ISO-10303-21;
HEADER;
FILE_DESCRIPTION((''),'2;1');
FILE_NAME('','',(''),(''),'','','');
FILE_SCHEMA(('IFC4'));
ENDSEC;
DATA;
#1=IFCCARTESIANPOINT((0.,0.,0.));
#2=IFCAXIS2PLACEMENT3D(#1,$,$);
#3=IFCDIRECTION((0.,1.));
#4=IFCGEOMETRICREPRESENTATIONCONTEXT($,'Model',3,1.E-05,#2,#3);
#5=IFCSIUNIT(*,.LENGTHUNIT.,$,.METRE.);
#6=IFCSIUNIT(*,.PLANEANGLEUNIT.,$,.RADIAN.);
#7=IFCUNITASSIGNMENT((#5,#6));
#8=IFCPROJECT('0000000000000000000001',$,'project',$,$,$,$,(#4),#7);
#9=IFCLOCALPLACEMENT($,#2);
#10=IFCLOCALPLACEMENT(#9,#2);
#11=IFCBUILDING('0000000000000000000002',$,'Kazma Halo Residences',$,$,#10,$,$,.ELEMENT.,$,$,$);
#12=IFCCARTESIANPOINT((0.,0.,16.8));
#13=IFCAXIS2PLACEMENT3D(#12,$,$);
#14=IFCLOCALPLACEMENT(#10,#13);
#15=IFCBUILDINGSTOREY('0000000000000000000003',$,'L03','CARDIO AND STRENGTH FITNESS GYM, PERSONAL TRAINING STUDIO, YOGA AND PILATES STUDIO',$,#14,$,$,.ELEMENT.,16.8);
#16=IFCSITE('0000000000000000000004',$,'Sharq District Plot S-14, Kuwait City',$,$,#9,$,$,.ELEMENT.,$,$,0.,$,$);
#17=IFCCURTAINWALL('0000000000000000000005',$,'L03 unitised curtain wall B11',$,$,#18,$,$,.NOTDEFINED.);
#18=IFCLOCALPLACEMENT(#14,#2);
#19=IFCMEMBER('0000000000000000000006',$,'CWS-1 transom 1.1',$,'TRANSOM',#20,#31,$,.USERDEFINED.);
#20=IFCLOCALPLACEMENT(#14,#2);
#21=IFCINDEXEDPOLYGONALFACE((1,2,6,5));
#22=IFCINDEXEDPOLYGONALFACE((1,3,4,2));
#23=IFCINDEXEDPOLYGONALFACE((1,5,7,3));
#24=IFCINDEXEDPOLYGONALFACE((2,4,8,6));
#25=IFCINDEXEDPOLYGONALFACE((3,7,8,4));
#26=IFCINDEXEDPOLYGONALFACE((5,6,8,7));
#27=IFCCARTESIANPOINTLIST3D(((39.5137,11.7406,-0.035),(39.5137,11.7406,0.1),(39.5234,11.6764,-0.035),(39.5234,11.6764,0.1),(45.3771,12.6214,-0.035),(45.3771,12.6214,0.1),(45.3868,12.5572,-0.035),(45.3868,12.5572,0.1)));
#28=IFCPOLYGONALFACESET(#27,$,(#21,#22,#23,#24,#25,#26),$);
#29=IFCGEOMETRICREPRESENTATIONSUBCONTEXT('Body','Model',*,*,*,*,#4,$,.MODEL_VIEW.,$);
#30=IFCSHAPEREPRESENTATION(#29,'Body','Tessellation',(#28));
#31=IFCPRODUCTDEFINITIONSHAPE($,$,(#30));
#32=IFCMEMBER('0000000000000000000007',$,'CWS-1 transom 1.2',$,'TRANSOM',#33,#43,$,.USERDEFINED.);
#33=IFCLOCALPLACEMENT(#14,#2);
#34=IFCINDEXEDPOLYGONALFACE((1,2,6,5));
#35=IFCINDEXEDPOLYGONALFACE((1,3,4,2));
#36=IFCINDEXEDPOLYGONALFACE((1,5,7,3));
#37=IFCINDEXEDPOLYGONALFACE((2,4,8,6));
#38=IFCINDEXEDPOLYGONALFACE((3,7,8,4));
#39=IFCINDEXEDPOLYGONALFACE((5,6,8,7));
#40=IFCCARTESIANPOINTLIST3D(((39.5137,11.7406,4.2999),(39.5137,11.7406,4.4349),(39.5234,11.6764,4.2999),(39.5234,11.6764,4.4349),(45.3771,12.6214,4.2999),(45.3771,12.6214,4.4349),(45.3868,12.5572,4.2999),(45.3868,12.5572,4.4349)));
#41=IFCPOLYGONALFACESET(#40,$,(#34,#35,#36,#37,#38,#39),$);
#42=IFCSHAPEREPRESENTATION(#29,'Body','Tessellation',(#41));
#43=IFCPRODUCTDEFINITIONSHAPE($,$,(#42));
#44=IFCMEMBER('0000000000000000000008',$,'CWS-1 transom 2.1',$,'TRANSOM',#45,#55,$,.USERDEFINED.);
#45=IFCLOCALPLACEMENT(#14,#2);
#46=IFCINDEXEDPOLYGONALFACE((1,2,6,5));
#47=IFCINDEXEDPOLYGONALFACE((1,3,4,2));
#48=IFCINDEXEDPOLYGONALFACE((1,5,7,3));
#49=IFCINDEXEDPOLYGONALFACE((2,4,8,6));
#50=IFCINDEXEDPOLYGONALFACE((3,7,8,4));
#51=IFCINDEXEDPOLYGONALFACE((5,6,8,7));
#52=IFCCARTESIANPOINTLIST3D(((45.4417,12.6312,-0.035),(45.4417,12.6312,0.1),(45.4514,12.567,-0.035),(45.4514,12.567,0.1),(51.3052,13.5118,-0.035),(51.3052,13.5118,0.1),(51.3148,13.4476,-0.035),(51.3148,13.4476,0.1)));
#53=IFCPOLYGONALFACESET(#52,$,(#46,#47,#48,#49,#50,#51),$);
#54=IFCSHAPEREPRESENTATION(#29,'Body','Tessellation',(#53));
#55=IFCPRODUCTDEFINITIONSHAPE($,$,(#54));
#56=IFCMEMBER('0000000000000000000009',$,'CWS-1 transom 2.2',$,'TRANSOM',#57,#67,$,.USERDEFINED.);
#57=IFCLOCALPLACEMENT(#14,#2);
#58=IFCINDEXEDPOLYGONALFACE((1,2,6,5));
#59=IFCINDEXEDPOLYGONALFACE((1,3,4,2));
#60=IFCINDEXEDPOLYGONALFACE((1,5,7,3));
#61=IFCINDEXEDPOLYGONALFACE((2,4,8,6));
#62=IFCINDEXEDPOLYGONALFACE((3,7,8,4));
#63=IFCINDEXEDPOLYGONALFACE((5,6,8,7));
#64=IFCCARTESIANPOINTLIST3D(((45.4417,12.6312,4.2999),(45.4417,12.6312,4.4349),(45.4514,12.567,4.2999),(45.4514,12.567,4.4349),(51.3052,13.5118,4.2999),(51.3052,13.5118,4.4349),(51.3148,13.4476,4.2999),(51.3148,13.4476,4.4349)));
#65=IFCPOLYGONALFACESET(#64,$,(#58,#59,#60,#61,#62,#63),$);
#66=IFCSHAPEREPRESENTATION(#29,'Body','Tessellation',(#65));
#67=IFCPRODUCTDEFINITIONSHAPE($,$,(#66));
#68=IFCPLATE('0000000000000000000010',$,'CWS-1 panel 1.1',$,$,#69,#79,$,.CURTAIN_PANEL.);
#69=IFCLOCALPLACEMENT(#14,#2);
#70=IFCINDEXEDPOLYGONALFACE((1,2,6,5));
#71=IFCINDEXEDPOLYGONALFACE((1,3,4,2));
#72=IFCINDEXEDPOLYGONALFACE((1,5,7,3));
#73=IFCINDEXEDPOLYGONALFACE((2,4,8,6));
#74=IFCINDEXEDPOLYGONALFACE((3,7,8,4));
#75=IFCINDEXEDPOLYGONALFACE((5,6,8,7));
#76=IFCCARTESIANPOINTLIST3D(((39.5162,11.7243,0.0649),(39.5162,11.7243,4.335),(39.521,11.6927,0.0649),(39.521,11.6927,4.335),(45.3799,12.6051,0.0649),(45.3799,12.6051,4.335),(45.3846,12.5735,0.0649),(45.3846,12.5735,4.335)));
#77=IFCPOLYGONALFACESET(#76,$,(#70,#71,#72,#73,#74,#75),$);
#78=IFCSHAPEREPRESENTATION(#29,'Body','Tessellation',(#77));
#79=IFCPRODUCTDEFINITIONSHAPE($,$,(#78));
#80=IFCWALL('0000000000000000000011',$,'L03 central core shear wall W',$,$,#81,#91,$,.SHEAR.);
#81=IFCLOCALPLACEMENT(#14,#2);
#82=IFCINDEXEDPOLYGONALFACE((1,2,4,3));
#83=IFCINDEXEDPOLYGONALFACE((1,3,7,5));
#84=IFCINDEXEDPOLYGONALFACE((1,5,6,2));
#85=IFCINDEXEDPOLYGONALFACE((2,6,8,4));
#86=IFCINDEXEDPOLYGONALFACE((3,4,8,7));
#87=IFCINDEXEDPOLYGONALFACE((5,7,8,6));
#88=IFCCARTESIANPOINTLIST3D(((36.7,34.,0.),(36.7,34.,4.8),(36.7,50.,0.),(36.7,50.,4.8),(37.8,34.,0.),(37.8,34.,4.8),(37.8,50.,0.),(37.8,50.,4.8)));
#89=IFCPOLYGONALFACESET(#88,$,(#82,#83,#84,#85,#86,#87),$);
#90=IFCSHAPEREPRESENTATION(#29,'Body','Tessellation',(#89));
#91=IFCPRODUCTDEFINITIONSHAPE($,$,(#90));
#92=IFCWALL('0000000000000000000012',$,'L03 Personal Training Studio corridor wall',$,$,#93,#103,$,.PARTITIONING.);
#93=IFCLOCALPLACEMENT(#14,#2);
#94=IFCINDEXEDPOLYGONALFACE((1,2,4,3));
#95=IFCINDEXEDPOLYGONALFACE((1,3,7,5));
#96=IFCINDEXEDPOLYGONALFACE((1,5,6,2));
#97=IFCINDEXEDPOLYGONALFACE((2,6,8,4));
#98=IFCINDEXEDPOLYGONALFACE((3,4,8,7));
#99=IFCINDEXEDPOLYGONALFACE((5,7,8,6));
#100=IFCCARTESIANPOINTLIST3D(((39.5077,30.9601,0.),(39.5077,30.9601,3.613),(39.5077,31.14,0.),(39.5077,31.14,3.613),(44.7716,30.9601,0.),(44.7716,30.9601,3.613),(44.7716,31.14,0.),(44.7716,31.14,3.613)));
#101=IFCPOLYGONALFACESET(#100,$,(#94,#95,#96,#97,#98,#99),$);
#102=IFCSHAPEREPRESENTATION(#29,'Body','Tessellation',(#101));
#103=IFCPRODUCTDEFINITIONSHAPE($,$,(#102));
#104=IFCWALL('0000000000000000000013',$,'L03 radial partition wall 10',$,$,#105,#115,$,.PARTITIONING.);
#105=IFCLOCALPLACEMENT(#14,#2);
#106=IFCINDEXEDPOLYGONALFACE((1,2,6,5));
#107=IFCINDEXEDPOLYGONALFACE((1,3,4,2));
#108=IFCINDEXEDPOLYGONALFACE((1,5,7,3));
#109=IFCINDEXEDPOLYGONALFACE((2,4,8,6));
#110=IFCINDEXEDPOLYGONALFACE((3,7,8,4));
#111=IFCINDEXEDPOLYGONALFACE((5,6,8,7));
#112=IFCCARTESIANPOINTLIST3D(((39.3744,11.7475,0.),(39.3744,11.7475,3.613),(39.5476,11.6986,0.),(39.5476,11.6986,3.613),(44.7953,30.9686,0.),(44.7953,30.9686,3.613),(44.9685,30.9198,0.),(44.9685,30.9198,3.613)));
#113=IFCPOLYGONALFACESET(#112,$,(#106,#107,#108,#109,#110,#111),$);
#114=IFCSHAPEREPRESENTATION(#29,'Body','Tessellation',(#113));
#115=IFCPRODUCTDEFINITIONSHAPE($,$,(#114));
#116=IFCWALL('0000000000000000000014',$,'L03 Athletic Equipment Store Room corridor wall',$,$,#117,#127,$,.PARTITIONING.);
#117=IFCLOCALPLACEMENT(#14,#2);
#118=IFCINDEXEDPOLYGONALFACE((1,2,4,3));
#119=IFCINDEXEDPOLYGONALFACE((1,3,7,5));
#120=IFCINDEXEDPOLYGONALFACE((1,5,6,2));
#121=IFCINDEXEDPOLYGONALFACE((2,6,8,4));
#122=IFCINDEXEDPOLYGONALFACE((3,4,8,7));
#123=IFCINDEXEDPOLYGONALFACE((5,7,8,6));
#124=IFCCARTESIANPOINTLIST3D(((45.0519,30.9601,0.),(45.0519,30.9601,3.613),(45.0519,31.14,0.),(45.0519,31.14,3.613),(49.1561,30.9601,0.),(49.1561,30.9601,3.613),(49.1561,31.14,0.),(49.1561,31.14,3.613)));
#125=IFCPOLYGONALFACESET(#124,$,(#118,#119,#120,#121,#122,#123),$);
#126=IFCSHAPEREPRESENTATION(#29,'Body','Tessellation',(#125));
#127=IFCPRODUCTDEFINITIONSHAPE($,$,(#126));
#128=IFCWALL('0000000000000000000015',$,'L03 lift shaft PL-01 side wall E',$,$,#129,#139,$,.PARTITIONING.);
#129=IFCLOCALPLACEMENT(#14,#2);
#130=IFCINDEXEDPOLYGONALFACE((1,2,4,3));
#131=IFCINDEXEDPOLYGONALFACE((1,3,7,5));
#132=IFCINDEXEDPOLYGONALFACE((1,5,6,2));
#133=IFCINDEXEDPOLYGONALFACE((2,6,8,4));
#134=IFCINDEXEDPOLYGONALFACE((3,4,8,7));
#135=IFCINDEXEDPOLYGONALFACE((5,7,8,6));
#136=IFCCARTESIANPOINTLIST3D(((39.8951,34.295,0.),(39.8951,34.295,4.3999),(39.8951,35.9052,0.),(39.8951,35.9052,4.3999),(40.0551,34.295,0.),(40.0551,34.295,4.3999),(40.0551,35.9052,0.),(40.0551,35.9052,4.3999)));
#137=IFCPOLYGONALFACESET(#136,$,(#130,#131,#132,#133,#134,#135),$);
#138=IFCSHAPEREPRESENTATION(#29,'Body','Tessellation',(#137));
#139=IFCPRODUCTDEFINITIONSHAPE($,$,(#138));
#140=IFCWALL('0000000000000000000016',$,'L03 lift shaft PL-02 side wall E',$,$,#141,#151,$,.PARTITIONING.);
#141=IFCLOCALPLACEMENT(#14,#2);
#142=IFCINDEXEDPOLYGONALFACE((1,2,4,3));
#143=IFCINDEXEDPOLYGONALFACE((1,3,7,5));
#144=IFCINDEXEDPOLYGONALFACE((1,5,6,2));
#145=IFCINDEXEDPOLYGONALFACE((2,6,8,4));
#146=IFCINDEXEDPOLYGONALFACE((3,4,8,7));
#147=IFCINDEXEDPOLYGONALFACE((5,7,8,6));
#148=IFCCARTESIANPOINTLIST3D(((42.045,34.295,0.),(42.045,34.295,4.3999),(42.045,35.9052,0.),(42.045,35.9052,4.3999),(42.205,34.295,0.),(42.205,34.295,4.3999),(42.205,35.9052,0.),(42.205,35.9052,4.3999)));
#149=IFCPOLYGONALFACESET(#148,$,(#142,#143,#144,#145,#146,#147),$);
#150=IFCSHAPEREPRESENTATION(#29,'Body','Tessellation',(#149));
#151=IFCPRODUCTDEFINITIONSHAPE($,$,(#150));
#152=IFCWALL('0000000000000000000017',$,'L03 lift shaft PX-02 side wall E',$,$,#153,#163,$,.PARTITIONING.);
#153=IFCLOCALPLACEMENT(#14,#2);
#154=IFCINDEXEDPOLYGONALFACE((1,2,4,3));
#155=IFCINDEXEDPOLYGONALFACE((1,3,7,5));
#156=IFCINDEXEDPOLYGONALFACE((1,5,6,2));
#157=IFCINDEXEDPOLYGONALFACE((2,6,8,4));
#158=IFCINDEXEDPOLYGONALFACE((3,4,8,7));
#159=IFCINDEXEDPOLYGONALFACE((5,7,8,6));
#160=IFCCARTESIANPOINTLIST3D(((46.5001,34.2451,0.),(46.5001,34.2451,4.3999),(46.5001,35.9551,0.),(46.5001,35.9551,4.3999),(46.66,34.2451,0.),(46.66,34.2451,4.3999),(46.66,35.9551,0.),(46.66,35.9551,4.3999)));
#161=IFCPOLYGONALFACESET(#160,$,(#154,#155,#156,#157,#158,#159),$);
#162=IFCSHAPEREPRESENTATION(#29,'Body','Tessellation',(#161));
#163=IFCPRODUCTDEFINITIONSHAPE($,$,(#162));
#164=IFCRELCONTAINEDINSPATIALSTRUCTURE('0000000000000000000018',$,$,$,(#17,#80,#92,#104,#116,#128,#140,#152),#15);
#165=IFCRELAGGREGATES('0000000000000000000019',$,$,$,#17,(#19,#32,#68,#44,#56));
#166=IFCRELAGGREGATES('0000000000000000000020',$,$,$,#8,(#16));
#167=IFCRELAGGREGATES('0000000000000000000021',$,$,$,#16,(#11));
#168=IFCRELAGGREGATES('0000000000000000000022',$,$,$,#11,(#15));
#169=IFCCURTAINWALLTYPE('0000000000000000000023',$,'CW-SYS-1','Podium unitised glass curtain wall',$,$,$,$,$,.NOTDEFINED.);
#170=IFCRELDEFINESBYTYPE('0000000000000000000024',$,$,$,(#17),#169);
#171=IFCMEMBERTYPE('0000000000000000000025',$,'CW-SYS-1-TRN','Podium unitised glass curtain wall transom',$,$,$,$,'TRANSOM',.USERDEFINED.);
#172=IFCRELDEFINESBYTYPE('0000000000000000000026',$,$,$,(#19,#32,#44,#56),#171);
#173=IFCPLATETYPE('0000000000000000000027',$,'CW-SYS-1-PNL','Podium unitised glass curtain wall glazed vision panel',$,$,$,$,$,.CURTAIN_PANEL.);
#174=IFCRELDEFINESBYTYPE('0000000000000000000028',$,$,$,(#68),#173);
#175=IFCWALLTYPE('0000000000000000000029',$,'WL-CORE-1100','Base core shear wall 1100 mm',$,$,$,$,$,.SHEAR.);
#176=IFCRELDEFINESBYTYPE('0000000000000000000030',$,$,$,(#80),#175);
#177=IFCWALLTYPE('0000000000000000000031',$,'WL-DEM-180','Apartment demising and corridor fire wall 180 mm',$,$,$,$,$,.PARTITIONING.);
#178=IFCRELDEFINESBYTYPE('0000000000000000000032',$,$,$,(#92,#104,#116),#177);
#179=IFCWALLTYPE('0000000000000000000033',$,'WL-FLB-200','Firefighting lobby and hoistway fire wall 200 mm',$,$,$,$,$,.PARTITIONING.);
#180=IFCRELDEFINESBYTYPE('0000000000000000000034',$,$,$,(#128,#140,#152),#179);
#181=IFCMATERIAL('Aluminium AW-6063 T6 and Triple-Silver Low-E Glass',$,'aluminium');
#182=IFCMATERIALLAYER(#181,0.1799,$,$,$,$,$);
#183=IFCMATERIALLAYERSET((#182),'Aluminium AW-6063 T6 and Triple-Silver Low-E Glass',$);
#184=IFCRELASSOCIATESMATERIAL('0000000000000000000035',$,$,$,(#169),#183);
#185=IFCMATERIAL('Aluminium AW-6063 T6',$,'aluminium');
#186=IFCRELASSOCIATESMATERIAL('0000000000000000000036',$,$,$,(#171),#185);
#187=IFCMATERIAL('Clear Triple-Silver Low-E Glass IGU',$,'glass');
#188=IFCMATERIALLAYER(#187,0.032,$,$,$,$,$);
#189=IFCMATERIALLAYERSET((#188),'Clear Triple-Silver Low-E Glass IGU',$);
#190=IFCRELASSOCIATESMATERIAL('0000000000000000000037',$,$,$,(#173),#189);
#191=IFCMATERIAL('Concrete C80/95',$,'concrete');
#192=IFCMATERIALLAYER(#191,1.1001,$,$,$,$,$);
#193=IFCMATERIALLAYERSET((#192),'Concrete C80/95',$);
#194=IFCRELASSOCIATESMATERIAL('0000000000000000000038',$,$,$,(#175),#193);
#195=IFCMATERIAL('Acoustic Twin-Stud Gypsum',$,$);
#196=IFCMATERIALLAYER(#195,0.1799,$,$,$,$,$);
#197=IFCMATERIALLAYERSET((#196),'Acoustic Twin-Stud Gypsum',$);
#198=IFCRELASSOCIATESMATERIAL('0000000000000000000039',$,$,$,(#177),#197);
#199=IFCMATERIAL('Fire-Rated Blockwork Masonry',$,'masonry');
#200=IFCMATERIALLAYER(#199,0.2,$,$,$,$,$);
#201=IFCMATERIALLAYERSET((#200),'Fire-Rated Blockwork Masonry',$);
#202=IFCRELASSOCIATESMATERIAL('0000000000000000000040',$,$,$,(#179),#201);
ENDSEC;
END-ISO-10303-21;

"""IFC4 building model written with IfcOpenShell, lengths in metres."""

from ifc_helpers import new_model, si_unit, direction, frame, frame_2d, origin, origin_2d, place, context, subcontext, project, spatial, rectangle, extrude, material, layer, layer_set, material_profile, profile_set, type_object, element, aggregate, save


model = new_model("IFC4")

# Units and contexts
model_context = context("Model", 3, precision=1e-05, world=origin(), true_north=direction((0.0, 1.0)))
body_context = subcontext(model_context, "Body", "Model", "MODEL_VIEW")
ifc_project = project(units=[si_unit("LENGTHUNIT", "METRE"), si_unit("PLANEANGLEUNIT", "RADIAN")], contexts=[model_context])

# Site, building, storey
site_placement = place(None, origin())
site = spatial("IfcSite", under=ifc_project, at=site_placement, Name="Sharq District Plot S-14, Kuwait City", CompositionType="ELEMENT", RefElevation=0.0)
building_placement = place(site_placement, origin())
building = spatial("IfcBuilding", under=site, at=building_placement, Name="Kazma Halo Residences", CompositionType="ELEMENT")
storey_placement = place(building_placement, frame((0.0, 0.0, 16.8)))
storey = spatial("IfcBuildingStorey", under=building, at=storey_placement, Name="L03", Description="CARDIO AND STRENGTH FITNESS GYM, PERSONAL TRAINING STUDIO, YOGA AND PILATES STUDIO", CompositionType="ELEMENT", Elevation=16.8)

# Shared definitions
ifc_material_1 = material(Name="Concrete C80/95", Category="concrete")

# Shared definitions
ifc_material_2 = material(Name="Aluminium AW-6063 T6 and Triple-Silver Low-E Glass", Category="aluminium")
ifc_layer_1 = layer(ifc_material_2, 0.1799)
ifc_layer_set_1 = layer_set([ifc_layer_1], Name="Aluminium AW-6063 T6 and Triple-Silver Low-E Glass")
curtain_wall_type = type_object("IfcCurtainWallType", Name="CW-SYS-1", Description="Podium unitised glass curtain wall", PredefinedType="NOTDEFINED", material=ifc_layer_set_1)
ifc_material_3 = material(Name="Aluminium AW-6063 T6", Category="aluminium")

# Curtain wall, members, plate
curtain_wall_1_placement = place(storey_placement, origin())
curtain_wall_1 = element("IfcCurtainWall", 1, at=curtain_wall_1_placement, inside=storey, type_object=curtain_wall_type, Name="L03 unitised curtain wall B11", PredefinedType="NOTDEFINED")
ifc_material_profile_1 = material_profile(ifc_material_3, rectangle(XDim=0.0649, YDim=0.135, at=origin_2d()), Name="CWT-65x135")
ifc_profile_set_1 = profile_set([ifc_material_profile_1], Name="Aluminium AW-6063 T6")
member_type_1 = type_object("IfcMemberType", Name="CW-SYS-1-TRN", Description="Podium unitised glass curtain wall transom", ElementType="TRANSOM", PredefinedType="USERDEFINED", material=ifc_profile_set_1)
member_1_placement = place(storey_placement, frame((39.5186, 11.7085, 0.0325), z_axis=(0.988903, 0.14856, 0.0), x_axis=(-0.14856, 0.988903, 0.0)))
member_1 = element("IfcMember", 2, at=member_1_placement, type_object=member_type_1, Name="CWS-1 transom 1.1", ObjectType="TRANSOM", PredefinedType="USERDEFINED", context=body_context, shape_type="SweptSolid", body=[
    extrude(rectangle(XDim=0.0649, YDim=0.135, at=origin_2d()), origin(), (0.0, 0.0, 1.0), 5.9292),
])
member_2_placement = place(storey_placement, frame((39.5186, 11.7085, 4.3674), z_axis=(0.988903, 0.14856, 0.0), x_axis=(-0.14856, 0.988903, 0.0)))
member_2 = element("IfcMember", 3, at=member_2_placement, type_object=member_type_1, Name="CWS-1 transom 1.2", ObjectType="TRANSOM", PredefinedType="USERDEFINED", context=body_context, shape_type="SweptSolid", body=[
    extrude(rectangle(XDim=0.0649, YDim=0.135, at=origin_2d()), origin(), (0.0, 0.0, 1.0), 5.9292),
])
member_3_placement = place(storey_placement, frame((45.4465, 12.5991, 0.0325), z_axis=(0.988909, 0.14852, 0.0), x_axis=(-0.14852, 0.988909, 0.0)))
member_3 = element("IfcMember", 4, at=member_3_placement, type_object=member_type_1, Name="CWS-1 transom 2.1", ObjectType="TRANSOM", PredefinedType="USERDEFINED", context=body_context, shape_type="SweptSolid", body=[
    extrude(rectangle(XDim=0.0649, YDim=0.135, at=origin_2d()), origin(), (0.0, 0.0, 1.0), 5.9292),
])
member_4_placement = place(storey_placement, frame((45.4465, 12.5991, 4.3674), z_axis=(0.988909, 0.14852, 0.0), x_axis=(-0.14852, 0.988909, 0.0)))
member_4 = element("IfcMember", 5, at=member_4_placement, type_object=member_type_1, Name="CWS-1 transom 2.2", ObjectType="TRANSOM", PredefinedType="USERDEFINED", context=body_context, shape_type="SweptSolid", body=[
    extrude(rectangle(XDim=0.0649, YDim=0.135, at=origin_2d()), origin(), (0.0, 0.0, 1.0), 5.9292),
])
ifc_material_4 = material(Name="Clear Triple-Silver Low-E Glass IGU", Category="glass")
ifc_layer_2 = layer(ifc_material_4, 0.032)
ifc_layer_set_2 = layer_set([ifc_layer_2], Name="Clear Triple-Silver Low-E Glass IGU")
plate_type = type_object("IfcPlateType", Name="CW-SYS-1-PNL", Description="Podium unitised glass curtain wall glazed vision panel", PredefinedType="CURTAIN_PANEL", material=ifc_layer_set_2)
plate_placement = place(storey_placement, frame((42.4504, 12.1489, 0.0649), z_axis=(0.0, 0.0, 1.0), x_axis=(0.988905, 0.148549, 0.0)))
plate = element("IfcPlate", 6, at=plate_placement, type_object=plate_type, Name="CWS-1 panel 1.1", PredefinedType="CURTAIN_PANEL", context=body_context, shape_type="SweptSolid", body=[
    extrude(rectangle(XDim=5.9294, YDim=0.032, at=origin_2d()), origin(), (0.0, 0.0, 1.0), 4.27),
])
aggregate(curtain_wall_1, [member_1, member_2, plate, member_3, member_4])

# Walls
ifc_layer_3 = layer(ifc_material_1, 1.1001)
ifc_layer_set_3 = layer_set([ifc_layer_3], Name="Concrete C80/95")
wall_type_1 = type_object("IfcWallType", Name="WL-CORE-1100", Description="Base core shear wall 1100 mm", PredefinedType="SHEAR", material=ifc_layer_set_3)
wall_1_placement = place(storey_placement, frame((37.25, 34.0, 0.0), z_axis=(0.0, 0.0, 1.0), x_axis=(0.0, 1.0, 0.0)))
element("IfcWall", 7, at=wall_1_placement, inside=storey, type_object=wall_type_1, Name="L03 central core shear wall W", PredefinedType="SHEAR", context=body_context, shape_type="SweptSolid", body=[
    extrude(rectangle(XDim=16.0, YDim=1.1001, at=frame_2d((8.0, 0.0))), origin(), (0.0, 0.0, 1.0), 4.8),
])
ifc_material_5 = material(Name="Acoustic Twin-Stud Gypsum")
ifc_layer_4 = layer(ifc_material_5, 0.1799)
ifc_layer_set_4 = layer_set([ifc_layer_4], Name="Acoustic Twin-Stud Gypsum")
wall_type_2 = type_object("IfcWallType", Name="WL-DEM-180", Description="Apartment demising and corridor fire wall 180 mm", PredefinedType="PARTITIONING", material=ifc_layer_set_4)
wall_2_placement = place(storey_placement, frame((39.5078, 31.05, 0.0), z_axis=(0.0, 0.0, 1.0), x_axis=(1.0, 0.0, 0.0)))
element("IfcWall", 8, at=wall_2_placement, inside=storey, type_object=wall_type_2, Name="L03 Personal Training Studio corridor wall", PredefinedType="PARTITIONING", context=body_context, shape_type="SweptSolid", body=[
    extrude(rectangle(XDim=5.2639, YDim=0.1799, at=frame_2d((2.6318, 0.0))), origin(), (0.0, 0.0, 1.0), 3.613),
])
wall_3_placement = place(storey_placement, frame((44.8818, 30.9441, 0.0), z_axis=(0.0, 0.0, 1.0), x_axis=(-0.271439, -0.962456, 0.0)))
element("IfcWall", 9, at=wall_3_placement, inside=storey, type_object=wall_type_2, Name="L03 radial partition wall 10", PredefinedType="PARTITIONING", context=body_context, shape_type="SweptSolid", body=[
    extrude(rectangle(XDim=19.9709, YDim=0.1799, at=frame_2d((9.9854, 0.0))), origin(), (0.0, 0.0, 1.0), 3.613),
])
wall_4_placement = place(storey_placement, frame((45.0518, 31.05, 0.0), z_axis=(0.0, 0.0, 1.0), x_axis=(1.0, 0.0, 0.0)))
element("IfcWall", 10, at=wall_4_placement, inside=storey, type_object=wall_type_2, Name="L03 Athletic Equipment Store Room corridor wall", PredefinedType="PARTITIONING", context=body_context, shape_type="SweptSolid", body=[
    extrude(rectangle(XDim=4.1042, YDim=0.1799, at=frame_2d((2.0522, 0.0))), origin(), (0.0, 0.0, 1.0), 3.613),
])
ifc_material_6 = material(Name="Fire-Rated Blockwork Masonry", Category="masonry")
ifc_layer_5 = layer(ifc_material_6, 0.2)
ifc_layer_set_5 = layer_set([ifc_layer_5], Name="Fire-Rated Blockwork Masonry")
wall_type_3 = type_object("IfcWallType", Name="WL-FLB-200", Description="Firefighting lobby and hoistway fire wall 200 mm", PredefinedType="PARTITIONING", material=ifc_layer_set_5)
for number, where, z_axis, x_axis, name in (
    (11, (39.9751, 34.2949, 0.0), (0.0, 0.0, 1.0), (0.0, 1.0, 0.0), "L03 lift shaft PL-01 side wall E"),
    (12, (42.125, 34.2949, 0.0), (0.0, 0.0, 1.0), (0.0, 1.0, 0.0), "L03 lift shaft PL-02 side wall E"),
):
    element("IfcWall", number, at=place(storey_placement, frame(where, z_axis=z_axis, x_axis=x_axis)), inside=storey, type_object=wall_type_3, Name=name, PredefinedType="PARTITIONING", context=body_context, shape_type="SweptSolid", body=[
        extrude(rectangle(XDim=1.6101, YDim=0.1599, at=frame_2d((0.8052, 0.0))), origin(), (0.0, 0.0, 1.0), 4.3999),
    ])
wall_5_placement = place(storey_placement, frame((46.5801, 34.2451, 0.0), z_axis=(0.0, 0.0, 1.0), x_axis=(0.0, 1.0, 0.0)))
element("IfcWall", 13, at=wall_5_placement, inside=storey, type_object=wall_type_3, Name="L03 lift shaft PX-02 side wall E", PredefinedType="PARTITIONING", context=body_context, shape_type="SweptSolid", body=[
    extrude(rectangle(XDim=1.71, YDim=0.1599, at=frame_2d((0.855, 0.0))), origin(), (0.0, 0.0, 1.0), 4.3999),
])

save(model, "model.ifc")
